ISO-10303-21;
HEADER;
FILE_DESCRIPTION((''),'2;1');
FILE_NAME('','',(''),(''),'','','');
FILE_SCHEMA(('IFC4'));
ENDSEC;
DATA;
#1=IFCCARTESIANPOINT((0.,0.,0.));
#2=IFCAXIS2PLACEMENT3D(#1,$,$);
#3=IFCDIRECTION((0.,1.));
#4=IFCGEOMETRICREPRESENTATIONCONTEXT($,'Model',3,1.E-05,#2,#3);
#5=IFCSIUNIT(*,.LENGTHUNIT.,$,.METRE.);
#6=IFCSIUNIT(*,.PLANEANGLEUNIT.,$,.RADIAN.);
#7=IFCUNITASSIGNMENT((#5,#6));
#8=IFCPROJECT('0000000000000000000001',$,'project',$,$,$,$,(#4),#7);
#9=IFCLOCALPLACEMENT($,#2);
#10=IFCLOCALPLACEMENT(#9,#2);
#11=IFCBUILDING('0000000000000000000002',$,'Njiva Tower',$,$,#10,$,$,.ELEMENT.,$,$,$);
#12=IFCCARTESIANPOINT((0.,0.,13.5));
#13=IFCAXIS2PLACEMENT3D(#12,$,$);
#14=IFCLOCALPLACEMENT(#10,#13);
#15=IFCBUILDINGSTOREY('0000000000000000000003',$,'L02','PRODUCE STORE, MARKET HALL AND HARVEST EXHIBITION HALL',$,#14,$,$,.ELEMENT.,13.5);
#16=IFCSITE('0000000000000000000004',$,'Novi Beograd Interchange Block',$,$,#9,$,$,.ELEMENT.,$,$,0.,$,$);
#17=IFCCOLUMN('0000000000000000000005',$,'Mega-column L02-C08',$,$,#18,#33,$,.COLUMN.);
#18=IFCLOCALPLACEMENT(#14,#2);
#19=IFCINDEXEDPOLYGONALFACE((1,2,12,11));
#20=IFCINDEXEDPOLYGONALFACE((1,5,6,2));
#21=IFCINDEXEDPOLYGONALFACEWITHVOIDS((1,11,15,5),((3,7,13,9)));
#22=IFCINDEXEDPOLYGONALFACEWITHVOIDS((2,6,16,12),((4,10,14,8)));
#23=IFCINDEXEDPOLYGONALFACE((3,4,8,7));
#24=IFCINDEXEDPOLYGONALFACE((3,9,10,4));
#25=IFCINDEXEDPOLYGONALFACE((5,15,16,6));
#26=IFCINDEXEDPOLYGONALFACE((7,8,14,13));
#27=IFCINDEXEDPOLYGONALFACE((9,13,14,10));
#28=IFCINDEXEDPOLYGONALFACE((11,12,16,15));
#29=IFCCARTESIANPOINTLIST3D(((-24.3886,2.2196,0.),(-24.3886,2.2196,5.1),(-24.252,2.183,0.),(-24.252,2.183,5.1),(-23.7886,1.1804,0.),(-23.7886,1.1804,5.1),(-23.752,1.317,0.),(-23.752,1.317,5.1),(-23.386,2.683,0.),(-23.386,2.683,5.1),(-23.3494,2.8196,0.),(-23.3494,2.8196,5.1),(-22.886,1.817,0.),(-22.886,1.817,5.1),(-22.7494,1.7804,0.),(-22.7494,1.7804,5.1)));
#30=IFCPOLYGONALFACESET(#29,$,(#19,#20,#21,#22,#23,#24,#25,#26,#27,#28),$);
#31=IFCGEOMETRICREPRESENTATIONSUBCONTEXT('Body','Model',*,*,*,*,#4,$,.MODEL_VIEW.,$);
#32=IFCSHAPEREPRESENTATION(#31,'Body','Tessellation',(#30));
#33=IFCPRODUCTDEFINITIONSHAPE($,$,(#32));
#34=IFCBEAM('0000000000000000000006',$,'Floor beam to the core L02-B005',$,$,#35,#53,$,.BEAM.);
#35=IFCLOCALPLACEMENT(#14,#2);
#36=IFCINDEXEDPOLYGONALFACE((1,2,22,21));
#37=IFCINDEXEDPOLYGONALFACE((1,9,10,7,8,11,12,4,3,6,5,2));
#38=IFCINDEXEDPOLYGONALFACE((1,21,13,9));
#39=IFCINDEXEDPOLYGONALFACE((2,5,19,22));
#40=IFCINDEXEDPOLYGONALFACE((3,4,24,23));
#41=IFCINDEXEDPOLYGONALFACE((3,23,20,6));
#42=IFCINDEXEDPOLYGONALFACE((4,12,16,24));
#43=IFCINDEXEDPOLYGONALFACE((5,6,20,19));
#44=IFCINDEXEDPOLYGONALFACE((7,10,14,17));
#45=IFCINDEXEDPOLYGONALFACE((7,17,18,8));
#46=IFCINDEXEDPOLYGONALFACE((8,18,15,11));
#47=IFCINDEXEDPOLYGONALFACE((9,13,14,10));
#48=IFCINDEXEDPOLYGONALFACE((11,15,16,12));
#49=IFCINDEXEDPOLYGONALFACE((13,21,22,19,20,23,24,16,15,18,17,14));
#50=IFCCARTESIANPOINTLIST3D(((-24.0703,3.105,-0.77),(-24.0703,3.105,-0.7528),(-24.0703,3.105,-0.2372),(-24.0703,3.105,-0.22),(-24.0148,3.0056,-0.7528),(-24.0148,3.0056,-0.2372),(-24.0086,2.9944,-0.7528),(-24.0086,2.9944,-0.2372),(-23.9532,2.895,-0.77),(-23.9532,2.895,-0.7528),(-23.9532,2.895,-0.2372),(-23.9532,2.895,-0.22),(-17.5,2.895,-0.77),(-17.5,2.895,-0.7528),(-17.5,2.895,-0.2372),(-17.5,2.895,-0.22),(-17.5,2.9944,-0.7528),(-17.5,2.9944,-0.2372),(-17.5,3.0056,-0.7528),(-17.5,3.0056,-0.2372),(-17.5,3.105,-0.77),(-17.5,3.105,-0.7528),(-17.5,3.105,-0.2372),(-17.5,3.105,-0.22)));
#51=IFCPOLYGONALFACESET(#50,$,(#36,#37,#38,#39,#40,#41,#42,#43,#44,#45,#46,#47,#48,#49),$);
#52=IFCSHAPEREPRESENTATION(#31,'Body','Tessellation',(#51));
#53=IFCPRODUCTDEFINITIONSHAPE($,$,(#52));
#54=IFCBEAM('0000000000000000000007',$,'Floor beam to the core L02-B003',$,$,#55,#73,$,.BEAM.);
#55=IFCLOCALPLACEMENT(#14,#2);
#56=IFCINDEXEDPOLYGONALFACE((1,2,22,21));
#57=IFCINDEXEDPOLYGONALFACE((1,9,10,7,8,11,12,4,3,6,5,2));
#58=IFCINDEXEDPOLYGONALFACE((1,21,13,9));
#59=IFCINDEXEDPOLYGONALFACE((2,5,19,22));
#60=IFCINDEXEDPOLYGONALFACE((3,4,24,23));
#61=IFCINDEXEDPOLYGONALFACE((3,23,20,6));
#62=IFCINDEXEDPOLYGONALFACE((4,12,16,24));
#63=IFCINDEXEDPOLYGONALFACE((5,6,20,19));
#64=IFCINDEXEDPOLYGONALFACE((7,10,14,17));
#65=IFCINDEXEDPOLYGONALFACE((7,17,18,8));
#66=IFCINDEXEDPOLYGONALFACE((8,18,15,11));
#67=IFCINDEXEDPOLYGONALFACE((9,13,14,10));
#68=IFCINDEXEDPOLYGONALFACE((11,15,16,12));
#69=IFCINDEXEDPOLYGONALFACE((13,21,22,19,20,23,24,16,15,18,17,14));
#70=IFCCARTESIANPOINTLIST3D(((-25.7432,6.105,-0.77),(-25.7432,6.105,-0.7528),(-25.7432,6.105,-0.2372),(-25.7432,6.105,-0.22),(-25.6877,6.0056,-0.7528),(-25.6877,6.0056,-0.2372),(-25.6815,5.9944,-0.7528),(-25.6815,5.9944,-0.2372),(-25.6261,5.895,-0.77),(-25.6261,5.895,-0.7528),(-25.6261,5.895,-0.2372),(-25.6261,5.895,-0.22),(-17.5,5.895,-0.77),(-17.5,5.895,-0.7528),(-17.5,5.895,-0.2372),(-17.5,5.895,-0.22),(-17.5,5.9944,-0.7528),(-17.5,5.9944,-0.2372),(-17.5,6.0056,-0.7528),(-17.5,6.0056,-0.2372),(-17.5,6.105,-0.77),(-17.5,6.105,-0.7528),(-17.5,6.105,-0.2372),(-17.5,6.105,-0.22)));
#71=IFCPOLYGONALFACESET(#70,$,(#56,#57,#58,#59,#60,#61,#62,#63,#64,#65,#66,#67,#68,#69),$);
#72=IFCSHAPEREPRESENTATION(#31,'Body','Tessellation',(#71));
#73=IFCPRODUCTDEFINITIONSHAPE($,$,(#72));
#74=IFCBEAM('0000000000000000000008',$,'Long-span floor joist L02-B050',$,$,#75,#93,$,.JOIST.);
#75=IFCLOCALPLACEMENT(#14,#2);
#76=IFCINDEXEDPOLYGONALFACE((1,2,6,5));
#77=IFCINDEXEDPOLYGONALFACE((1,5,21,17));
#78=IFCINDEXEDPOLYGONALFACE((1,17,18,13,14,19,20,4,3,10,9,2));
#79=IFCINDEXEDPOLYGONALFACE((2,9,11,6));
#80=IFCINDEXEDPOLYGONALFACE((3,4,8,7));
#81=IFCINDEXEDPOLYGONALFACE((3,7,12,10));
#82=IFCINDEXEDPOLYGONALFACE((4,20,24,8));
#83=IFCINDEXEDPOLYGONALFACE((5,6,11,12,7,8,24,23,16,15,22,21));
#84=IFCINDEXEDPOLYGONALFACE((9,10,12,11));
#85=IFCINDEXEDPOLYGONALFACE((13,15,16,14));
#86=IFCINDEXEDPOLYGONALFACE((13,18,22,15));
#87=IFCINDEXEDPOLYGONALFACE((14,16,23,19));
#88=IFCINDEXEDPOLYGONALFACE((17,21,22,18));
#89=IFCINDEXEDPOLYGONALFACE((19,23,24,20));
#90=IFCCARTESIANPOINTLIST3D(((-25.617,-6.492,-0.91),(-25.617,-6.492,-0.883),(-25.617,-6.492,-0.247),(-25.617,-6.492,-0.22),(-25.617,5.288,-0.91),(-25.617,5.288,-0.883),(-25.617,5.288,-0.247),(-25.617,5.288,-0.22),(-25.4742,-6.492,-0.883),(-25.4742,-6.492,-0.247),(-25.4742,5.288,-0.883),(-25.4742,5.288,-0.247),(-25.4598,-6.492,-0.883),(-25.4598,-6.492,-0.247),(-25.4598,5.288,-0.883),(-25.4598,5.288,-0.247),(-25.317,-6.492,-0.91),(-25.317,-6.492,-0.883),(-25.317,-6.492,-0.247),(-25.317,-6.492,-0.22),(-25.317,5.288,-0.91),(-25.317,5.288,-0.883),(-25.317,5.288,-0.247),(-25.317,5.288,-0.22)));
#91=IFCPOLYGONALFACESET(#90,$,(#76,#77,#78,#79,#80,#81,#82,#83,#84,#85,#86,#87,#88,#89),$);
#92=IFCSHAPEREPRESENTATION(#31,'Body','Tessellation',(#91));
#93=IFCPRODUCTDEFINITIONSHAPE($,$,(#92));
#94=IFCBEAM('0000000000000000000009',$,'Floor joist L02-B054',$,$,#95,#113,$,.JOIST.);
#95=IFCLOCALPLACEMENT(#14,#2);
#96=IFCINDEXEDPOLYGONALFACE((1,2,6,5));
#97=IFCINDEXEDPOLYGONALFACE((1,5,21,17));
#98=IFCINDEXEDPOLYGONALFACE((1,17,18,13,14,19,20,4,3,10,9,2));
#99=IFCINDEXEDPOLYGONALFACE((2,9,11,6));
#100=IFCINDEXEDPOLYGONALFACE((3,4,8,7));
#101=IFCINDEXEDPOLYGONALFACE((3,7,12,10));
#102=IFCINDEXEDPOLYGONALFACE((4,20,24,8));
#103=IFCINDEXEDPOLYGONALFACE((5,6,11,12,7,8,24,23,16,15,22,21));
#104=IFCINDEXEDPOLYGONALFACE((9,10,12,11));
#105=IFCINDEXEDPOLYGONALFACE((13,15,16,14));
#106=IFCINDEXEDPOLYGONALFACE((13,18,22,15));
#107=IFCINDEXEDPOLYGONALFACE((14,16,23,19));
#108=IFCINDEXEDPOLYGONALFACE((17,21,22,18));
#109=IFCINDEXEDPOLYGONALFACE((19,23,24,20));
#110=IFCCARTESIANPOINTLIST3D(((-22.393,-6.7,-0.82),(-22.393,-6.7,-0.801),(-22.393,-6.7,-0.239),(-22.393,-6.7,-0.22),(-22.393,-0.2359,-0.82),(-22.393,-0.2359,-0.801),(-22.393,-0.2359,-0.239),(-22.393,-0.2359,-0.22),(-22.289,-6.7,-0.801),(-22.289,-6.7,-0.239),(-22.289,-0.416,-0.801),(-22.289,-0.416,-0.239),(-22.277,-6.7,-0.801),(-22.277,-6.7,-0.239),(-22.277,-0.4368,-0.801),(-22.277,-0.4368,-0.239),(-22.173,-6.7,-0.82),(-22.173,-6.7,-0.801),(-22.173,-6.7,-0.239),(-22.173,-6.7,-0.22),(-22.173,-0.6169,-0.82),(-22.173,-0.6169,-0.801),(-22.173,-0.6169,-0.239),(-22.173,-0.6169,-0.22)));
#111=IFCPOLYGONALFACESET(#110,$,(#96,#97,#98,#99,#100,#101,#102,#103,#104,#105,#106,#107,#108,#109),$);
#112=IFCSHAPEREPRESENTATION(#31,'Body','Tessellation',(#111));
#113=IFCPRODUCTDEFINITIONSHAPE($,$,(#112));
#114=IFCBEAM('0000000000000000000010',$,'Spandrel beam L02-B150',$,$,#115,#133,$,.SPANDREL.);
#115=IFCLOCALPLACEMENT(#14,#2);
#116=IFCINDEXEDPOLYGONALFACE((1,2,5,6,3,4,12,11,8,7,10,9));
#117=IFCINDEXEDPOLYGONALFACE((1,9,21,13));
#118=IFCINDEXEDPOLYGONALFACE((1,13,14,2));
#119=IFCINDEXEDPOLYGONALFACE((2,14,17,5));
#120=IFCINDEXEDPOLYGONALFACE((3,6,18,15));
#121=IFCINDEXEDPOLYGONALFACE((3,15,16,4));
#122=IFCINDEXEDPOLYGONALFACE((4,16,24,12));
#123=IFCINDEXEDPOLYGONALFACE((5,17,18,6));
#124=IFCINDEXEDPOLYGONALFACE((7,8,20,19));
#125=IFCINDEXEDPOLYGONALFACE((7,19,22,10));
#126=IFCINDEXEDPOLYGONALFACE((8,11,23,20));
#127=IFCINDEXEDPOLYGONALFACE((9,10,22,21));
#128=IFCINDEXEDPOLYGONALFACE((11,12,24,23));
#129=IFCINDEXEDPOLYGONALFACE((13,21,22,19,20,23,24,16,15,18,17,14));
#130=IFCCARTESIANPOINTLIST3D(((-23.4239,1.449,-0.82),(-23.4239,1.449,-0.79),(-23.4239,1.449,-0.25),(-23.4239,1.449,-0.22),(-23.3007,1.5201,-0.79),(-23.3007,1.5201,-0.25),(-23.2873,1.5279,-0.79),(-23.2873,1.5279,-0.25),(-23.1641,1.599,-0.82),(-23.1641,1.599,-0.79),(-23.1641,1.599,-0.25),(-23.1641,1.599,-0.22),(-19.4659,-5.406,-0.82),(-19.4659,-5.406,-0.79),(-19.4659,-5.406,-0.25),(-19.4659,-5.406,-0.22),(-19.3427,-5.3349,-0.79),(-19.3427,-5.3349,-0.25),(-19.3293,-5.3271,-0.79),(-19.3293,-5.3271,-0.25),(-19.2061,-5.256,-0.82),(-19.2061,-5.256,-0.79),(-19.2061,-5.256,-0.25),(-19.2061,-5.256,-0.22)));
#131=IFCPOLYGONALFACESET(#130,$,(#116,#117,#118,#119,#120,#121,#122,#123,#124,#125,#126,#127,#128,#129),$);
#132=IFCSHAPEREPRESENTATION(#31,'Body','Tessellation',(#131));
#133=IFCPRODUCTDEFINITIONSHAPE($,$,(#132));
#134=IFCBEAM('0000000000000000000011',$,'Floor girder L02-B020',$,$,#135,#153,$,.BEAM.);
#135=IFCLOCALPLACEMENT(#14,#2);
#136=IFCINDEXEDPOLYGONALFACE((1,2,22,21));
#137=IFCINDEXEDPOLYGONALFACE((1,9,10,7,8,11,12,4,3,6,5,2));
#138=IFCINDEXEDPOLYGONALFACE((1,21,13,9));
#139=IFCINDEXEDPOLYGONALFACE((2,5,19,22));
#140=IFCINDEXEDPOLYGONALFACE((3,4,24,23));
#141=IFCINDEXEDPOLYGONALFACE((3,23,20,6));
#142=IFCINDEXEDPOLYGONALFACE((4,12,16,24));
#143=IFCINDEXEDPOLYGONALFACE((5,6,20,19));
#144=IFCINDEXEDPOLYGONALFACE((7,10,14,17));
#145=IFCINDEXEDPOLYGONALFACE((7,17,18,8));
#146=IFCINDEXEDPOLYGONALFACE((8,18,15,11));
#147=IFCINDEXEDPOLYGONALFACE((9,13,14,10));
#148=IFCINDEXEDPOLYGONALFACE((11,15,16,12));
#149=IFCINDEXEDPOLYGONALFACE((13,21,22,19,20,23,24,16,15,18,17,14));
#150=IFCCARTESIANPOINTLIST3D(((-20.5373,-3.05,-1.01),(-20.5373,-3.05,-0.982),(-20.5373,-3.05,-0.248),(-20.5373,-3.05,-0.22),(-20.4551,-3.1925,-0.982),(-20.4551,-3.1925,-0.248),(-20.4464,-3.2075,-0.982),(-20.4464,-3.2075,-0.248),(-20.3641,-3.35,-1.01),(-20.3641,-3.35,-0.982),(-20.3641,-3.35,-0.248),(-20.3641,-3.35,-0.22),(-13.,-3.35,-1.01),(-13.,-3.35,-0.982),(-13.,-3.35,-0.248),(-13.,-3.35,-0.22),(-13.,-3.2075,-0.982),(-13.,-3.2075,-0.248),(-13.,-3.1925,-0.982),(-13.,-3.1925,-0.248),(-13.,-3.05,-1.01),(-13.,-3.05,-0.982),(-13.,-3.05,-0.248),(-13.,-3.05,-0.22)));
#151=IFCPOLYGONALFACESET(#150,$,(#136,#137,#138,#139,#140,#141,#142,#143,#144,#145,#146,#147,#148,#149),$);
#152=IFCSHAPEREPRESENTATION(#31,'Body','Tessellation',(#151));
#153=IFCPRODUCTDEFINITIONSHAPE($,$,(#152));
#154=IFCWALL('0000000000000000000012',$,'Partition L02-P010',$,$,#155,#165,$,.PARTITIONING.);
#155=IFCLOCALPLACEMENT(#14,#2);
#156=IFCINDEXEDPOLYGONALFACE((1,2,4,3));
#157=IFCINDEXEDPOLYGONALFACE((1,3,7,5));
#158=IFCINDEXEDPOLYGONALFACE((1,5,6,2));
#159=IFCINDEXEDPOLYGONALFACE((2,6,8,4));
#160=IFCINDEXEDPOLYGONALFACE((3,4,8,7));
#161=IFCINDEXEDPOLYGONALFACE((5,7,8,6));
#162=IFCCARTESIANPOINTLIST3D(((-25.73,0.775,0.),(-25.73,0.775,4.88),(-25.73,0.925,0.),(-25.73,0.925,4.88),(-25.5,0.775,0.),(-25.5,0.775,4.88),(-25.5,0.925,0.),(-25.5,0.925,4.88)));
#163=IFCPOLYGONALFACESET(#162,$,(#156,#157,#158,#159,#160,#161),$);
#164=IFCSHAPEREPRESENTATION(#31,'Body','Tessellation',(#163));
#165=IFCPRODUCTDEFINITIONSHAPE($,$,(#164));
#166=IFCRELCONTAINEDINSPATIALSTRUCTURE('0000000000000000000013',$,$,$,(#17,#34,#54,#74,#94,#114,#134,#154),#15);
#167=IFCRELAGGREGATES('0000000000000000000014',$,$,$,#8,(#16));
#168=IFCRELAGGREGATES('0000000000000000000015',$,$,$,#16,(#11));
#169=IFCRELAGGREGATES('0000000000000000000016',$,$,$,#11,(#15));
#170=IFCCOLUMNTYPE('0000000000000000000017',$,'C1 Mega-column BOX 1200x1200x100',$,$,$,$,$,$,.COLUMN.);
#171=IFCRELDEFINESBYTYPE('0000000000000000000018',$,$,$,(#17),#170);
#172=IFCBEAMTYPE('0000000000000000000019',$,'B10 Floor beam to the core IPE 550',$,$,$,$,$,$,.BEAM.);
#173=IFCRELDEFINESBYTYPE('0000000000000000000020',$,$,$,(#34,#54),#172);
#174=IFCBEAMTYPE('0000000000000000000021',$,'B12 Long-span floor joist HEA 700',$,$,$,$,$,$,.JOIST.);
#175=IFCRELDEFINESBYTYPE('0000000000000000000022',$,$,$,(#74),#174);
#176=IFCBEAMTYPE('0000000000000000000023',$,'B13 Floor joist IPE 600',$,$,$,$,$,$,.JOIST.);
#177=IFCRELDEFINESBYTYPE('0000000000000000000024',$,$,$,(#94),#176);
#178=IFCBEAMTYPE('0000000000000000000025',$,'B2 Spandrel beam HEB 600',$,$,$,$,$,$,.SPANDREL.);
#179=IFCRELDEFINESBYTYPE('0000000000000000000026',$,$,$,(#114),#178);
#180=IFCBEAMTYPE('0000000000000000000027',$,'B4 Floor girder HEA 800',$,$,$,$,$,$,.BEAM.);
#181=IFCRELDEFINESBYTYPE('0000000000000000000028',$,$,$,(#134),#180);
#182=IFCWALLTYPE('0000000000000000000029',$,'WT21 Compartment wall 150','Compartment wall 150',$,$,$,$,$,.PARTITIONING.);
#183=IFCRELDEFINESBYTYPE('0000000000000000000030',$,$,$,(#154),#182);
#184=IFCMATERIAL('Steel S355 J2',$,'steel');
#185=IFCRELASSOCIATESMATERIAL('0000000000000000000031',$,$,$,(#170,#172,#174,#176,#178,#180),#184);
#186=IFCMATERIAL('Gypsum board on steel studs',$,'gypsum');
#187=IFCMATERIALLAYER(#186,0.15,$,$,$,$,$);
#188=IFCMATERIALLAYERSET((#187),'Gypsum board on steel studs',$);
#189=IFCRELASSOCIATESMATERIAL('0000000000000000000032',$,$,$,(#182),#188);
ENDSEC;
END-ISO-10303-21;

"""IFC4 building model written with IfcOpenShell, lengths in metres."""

from ifc_helpers import new_model, si_unit, direction, frame, frame_2d, origin, origin_2d, place, context, subcontext, project, spatial, rectangle, hollow_rectangle, i_section, extrude, clip, halfspace, material, layer, layer_set, material_profile, profile_set, type_object, element, save


model = new_model("IFC4")

# Units and contexts
model_context = context("Model", 3, precision=1e-05, world=origin(), true_north=direction((0.0, 1.0)))
body_context = subcontext(model_context, "Body", "Model", "MODEL_VIEW")
ifc_project = project(units=[si_unit("LENGTHUNIT", "METRE"), si_unit("PLANEANGLEUNIT", "RADIAN")], contexts=[model_context])

# Site, building, storey
site_placement = place(None, origin())
site = spatial("IfcSite", under=ifc_project, at=site_placement, Name="Novi Beograd Interchange Block", CompositionType="ELEMENT", RefElevation=0.0)
building_placement = place(site_placement, origin())
building = spatial("IfcBuilding", under=site, at=building_placement, Name="Njiva Tower", CompositionType="ELEMENT")
storey_placement = place(building_placement, frame((0.0, 0.0, 13.5)))
storey = spatial("IfcBuildingStorey", under=building, at=storey_placement, Name="L02", Description="PRODUCE STORE, MARKET HALL AND HARVEST EXHIBITION HALL", CompositionType="ELEMENT", Elevation=13.5)

# Column
ifc_material_1 = material(Name="Steel S355 J2", Category="steel")
ifc_material_profile_1 = material_profile(ifc_material_1, hollow_rectangle(XDim=1.2, YDim=1.2, WallThickness=0.1, at=origin_2d()), Name="BOX 1200x1200x100")
ifc_profile_set_1 = profile_set([ifc_material_profile_1], Name="Steel S355 J2")
column_type = type_object("IfcColumnType", Name="C1 Mega-column BOX 1200x1200x100", PredefinedType="COLUMN", material=ifc_profile_set_1)
column_placement = place(storey_placement, frame((-23.569, 2.0, 0.0), z_axis=(0.0, 0.0, 1.0), x_axis=(0.5, -0.866025, 0.0)))
element("IfcColumn", 1, at=column_placement, inside=storey, type_object=column_type, Name="Mega-column L02-C08", PredefinedType="COLUMN", context=body_context, shape_type="SweptSolid", body=[
    extrude(hollow_rectangle(XDim=1.2, YDim=1.2, WallThickness=0.1, at=origin_2d()), origin(), (0.0, 0.0, 1.0), 5.1),
])

# Beams
ifc_material_profile_2 = material_profile(ifc_material_1, i_section(OverallWidth=0.21, OverallDepth=0.55, WebThickness=0.0111, FlangeThickness=0.0172, at=origin_2d()), Name="IPE 550")
ifc_profile_set_2 = profile_set([ifc_material_profile_2], Name="Steel S355 J2")
beam_type_1 = type_object("IfcBeamType", Name="B10 Floor beam to the core IPE 550", PredefinedType="BEAM", material=ifc_profile_set_2)
beam_1_placement = place(storey_placement, frame((-24.091, 3.0, -0.495), z_axis=(1.0, 0.0, 0.0), x_axis=(0.0, 1.0, 0.0)))
element("IfcBeam", 2, at=beam_1_placement, inside=storey, type_object=beam_type_1, Name="Floor beam to the core L02-B005", PredefinedType="BEAM", context=body_context, shape_type="Clipping", body=[
    clip(extrude(i_section(OverallWidth=0.21, OverallDepth=0.55, WebThickness=0.0111, FlangeThickness=0.0172, at=origin_2d()), origin(), (0.0, 0.0, 1.0), 6.591), halfspace(frame((-0.0244, 0.0, 0.0929), z_axis=(-0.487052, 0.0, -0.873373), x_axis=(0.0, -1.0, 0.0)), False)),
])
beam_2_placement = place(storey_placement, frame((-25.764, 6.0, -0.495), z_axis=(1.0, 0.0, 0.0), x_axis=(0.0, 1.0, 0.0)))
element("IfcBeam", 3, at=beam_2_placement, inside=storey, type_object=beam_type_1, Name="Floor beam to the core L02-B003", PredefinedType="BEAM", context=body_context, shape_type="Clipping", body=[
    clip(extrude(i_section(OverallWidth=0.21, OverallDepth=0.55, WebThickness=0.0111, FlangeThickness=0.0172, at=origin_2d()), origin(), (0.0, 0.0, 1.0), 8.264), halfspace(frame((-0.0244, 0.0, 0.093), z_axis=(-0.487052, 0.0, -0.873373), x_axis=(0.0, -1.0, 0.0)), False)),
])
ifc_material_profile_3 = material_profile(ifc_material_1, i_section(OverallWidth=0.3, OverallDepth=0.69, WebThickness=0.0145, FlangeThickness=0.027, at=origin_2d()), Name="HEA 700")
ifc_profile_set_3 = profile_set([ifc_material_profile_3], Name="Steel S355 J2")
beam_type_2 = type_object("IfcBeamType", Name="B12 Long-span floor joist HEA 700", PredefinedType="JOIST", material=ifc_profile_set_3)
beam_3_placement = place(storey_placement, frame((-25.467, 5.288, -0.565), z_axis=(0.0, -1.0, 0.0), x_axis=(1.0, 0.0, 0.0)))
element("IfcBeam", 4, at=beam_3_placement, inside=storey, type_object=beam_type_2, Name="Long-span floor joist L02-B050", PredefinedType="JOIST", context=body_context, shape_type="SweptSolid", body=[
    extrude(i_section(OverallWidth=0.3, OverallDepth=0.69, WebThickness=0.0145, FlangeThickness=0.027, at=origin_2d()), origin(), (0.0, 0.0, 1.0), 11.78),
])
ifc_material_profile_4 = material_profile(ifc_material_1, i_section(OverallWidth=0.22, OverallDepth=0.6, WebThickness=0.012, FlangeThickness=0.019, at=origin_2d()), Name="IPE 600")
ifc_profile_set_4 = profile_set([ifc_material_profile_4], Name="Steel S355 J2")
beam_type_3 = type_object("IfcBeamType", Name="B13 Floor joist IPE 600", PredefinedType="JOIST", material=ifc_profile_set_4)
beam_4_placement = place(storey_placement, frame((-22.283, -0.215, -0.52), z_axis=(0.0, -1.0, 0.0), x_axis=(1.0, 0.0, 0.0)))
element("IfcBeam", 5, at=beam_4_placement, inside=storey, type_object=beam_type_3, Name="Floor joist L02-B054", PredefinedType="JOIST", context=body_context, shape_type="Clipping", body=[
    clip(extrude(i_section(OverallWidth=0.22, OverallDepth=0.6, WebThickness=0.012, FlangeThickness=0.019, at=origin_2d()), origin(), (0.0, 0.0, 1.0), 6.485), halfspace(frame((0.043, 0.0, 0.2859), z_axis=(0.866027, 0.0, -0.499998), x_axis=(0.0, -1.0, 0.0)), False)),
])
ifc_material_profile_5 = material_profile(ifc_material_1, i_section(OverallWidth=0.3, OverallDepth=0.6, WebThickness=0.0155, FlangeThickness=0.03, at=origin_2d()), Name="HEB 600")
ifc_profile_set_5 = profile_set([ifc_material_profile_5], Name="Steel S355 J2")
beam_type_4 = type_object("IfcBeamType", Name="B2 Spandrel beam HEB 600", PredefinedType="SPANDREL", material=ifc_profile_set_5)
beam_5_placement = place(storey_placement, frame((-23.294, 1.524, -0.52), z_axis=(0.500025, -0.866011, 0.0), x_axis=(0.866011, 0.500025, 0.0)))
element("IfcBeam", 6, at=beam_5_placement, inside=storey, type_object=beam_type_4, Name="Spandrel beam L02-B150", PredefinedType="SPANDREL", context=body_context, shape_type="SweptSolid", body=[
    extrude(i_section(OverallWidth=0.3, OverallDepth=0.6, WebThickness=0.0155, FlangeThickness=0.03, at=origin_2d()), origin(), (0.0, 0.0, 1.0), 7.9156),
])
ifc_material_profile_6 = material_profile(ifc_material_1, i_section(OverallWidth=0.3, OverallDepth=0.79, WebThickness=0.015, FlangeThickness=0.028, at=origin_2d()), Name="HEA 800")
ifc_profile_set_6 = profile_set([ifc_material_profile_6], Name="Steel S355 J2")
beam_type_5 = type_object("IfcBeamType", Name="B4 Floor girder HEA 800", PredefinedType="BEAM", material=ifc_profile_set_6)
beam_6_placement = place(storey_placement, frame((-20.558, -3.2, -0.615), z_axis=(1.0, 0.0, 0.0), x_axis=(0.0, 1.0, 0.0)))
element("IfcBeam", 7, at=beam_6_placement, inside=storey, type_object=beam_type_5, Name="Floor girder L02-B020", PredefinedType="BEAM", context=body_context, shape_type="Clipping", body=[
    clip(extrude(i_section(OverallWidth=0.3, OverallDepth=0.79, WebThickness=0.015, FlangeThickness=0.028, at=origin_2d()), origin(), (0.0, 0.0, 1.0), 7.558), halfspace(frame((-0.025, 0.0, 0.1217), z_axis=(-0.499998, 0.0, -0.866027), x_axis=(0.0, -1.0, 0.0)), False)),
])

# Wall
ifc_material_2 = material(Name="Gypsum board on steel studs", Category="gypsum")
ifc_layer = layer(ifc_material_2, 0.15)
ifc_layer_set = layer_set([ifc_layer], Name="Gypsum board on steel studs")
wall_type = type_object("IfcWallType", Name="WT21 Compartment wall 150", Description="Compartment wall 150", PredefinedType="PARTITIONING", material=ifc_layer_set)
wall_1_placement = place(storey_placement, frame((-25.73, 0.85, 0.0), z_axis=(0.0, 0.0, 1.0), x_axis=(1.0, 0.0, 0.0)))
element("IfcWall", 8, at=wall_1_placement, inside=storey, type_object=wall_type, Name="Partition L02-P010", PredefinedType="PARTITIONING", context=body_context, shape_type="SweptSolid", body=[
    extrude(rectangle(XDim=0.23, YDim=0.15, at=frame_2d((0.115, 0.0))), origin(), (0.0, 0.0, 1.0), 4.88),
])

save(model, "model.ifc")
